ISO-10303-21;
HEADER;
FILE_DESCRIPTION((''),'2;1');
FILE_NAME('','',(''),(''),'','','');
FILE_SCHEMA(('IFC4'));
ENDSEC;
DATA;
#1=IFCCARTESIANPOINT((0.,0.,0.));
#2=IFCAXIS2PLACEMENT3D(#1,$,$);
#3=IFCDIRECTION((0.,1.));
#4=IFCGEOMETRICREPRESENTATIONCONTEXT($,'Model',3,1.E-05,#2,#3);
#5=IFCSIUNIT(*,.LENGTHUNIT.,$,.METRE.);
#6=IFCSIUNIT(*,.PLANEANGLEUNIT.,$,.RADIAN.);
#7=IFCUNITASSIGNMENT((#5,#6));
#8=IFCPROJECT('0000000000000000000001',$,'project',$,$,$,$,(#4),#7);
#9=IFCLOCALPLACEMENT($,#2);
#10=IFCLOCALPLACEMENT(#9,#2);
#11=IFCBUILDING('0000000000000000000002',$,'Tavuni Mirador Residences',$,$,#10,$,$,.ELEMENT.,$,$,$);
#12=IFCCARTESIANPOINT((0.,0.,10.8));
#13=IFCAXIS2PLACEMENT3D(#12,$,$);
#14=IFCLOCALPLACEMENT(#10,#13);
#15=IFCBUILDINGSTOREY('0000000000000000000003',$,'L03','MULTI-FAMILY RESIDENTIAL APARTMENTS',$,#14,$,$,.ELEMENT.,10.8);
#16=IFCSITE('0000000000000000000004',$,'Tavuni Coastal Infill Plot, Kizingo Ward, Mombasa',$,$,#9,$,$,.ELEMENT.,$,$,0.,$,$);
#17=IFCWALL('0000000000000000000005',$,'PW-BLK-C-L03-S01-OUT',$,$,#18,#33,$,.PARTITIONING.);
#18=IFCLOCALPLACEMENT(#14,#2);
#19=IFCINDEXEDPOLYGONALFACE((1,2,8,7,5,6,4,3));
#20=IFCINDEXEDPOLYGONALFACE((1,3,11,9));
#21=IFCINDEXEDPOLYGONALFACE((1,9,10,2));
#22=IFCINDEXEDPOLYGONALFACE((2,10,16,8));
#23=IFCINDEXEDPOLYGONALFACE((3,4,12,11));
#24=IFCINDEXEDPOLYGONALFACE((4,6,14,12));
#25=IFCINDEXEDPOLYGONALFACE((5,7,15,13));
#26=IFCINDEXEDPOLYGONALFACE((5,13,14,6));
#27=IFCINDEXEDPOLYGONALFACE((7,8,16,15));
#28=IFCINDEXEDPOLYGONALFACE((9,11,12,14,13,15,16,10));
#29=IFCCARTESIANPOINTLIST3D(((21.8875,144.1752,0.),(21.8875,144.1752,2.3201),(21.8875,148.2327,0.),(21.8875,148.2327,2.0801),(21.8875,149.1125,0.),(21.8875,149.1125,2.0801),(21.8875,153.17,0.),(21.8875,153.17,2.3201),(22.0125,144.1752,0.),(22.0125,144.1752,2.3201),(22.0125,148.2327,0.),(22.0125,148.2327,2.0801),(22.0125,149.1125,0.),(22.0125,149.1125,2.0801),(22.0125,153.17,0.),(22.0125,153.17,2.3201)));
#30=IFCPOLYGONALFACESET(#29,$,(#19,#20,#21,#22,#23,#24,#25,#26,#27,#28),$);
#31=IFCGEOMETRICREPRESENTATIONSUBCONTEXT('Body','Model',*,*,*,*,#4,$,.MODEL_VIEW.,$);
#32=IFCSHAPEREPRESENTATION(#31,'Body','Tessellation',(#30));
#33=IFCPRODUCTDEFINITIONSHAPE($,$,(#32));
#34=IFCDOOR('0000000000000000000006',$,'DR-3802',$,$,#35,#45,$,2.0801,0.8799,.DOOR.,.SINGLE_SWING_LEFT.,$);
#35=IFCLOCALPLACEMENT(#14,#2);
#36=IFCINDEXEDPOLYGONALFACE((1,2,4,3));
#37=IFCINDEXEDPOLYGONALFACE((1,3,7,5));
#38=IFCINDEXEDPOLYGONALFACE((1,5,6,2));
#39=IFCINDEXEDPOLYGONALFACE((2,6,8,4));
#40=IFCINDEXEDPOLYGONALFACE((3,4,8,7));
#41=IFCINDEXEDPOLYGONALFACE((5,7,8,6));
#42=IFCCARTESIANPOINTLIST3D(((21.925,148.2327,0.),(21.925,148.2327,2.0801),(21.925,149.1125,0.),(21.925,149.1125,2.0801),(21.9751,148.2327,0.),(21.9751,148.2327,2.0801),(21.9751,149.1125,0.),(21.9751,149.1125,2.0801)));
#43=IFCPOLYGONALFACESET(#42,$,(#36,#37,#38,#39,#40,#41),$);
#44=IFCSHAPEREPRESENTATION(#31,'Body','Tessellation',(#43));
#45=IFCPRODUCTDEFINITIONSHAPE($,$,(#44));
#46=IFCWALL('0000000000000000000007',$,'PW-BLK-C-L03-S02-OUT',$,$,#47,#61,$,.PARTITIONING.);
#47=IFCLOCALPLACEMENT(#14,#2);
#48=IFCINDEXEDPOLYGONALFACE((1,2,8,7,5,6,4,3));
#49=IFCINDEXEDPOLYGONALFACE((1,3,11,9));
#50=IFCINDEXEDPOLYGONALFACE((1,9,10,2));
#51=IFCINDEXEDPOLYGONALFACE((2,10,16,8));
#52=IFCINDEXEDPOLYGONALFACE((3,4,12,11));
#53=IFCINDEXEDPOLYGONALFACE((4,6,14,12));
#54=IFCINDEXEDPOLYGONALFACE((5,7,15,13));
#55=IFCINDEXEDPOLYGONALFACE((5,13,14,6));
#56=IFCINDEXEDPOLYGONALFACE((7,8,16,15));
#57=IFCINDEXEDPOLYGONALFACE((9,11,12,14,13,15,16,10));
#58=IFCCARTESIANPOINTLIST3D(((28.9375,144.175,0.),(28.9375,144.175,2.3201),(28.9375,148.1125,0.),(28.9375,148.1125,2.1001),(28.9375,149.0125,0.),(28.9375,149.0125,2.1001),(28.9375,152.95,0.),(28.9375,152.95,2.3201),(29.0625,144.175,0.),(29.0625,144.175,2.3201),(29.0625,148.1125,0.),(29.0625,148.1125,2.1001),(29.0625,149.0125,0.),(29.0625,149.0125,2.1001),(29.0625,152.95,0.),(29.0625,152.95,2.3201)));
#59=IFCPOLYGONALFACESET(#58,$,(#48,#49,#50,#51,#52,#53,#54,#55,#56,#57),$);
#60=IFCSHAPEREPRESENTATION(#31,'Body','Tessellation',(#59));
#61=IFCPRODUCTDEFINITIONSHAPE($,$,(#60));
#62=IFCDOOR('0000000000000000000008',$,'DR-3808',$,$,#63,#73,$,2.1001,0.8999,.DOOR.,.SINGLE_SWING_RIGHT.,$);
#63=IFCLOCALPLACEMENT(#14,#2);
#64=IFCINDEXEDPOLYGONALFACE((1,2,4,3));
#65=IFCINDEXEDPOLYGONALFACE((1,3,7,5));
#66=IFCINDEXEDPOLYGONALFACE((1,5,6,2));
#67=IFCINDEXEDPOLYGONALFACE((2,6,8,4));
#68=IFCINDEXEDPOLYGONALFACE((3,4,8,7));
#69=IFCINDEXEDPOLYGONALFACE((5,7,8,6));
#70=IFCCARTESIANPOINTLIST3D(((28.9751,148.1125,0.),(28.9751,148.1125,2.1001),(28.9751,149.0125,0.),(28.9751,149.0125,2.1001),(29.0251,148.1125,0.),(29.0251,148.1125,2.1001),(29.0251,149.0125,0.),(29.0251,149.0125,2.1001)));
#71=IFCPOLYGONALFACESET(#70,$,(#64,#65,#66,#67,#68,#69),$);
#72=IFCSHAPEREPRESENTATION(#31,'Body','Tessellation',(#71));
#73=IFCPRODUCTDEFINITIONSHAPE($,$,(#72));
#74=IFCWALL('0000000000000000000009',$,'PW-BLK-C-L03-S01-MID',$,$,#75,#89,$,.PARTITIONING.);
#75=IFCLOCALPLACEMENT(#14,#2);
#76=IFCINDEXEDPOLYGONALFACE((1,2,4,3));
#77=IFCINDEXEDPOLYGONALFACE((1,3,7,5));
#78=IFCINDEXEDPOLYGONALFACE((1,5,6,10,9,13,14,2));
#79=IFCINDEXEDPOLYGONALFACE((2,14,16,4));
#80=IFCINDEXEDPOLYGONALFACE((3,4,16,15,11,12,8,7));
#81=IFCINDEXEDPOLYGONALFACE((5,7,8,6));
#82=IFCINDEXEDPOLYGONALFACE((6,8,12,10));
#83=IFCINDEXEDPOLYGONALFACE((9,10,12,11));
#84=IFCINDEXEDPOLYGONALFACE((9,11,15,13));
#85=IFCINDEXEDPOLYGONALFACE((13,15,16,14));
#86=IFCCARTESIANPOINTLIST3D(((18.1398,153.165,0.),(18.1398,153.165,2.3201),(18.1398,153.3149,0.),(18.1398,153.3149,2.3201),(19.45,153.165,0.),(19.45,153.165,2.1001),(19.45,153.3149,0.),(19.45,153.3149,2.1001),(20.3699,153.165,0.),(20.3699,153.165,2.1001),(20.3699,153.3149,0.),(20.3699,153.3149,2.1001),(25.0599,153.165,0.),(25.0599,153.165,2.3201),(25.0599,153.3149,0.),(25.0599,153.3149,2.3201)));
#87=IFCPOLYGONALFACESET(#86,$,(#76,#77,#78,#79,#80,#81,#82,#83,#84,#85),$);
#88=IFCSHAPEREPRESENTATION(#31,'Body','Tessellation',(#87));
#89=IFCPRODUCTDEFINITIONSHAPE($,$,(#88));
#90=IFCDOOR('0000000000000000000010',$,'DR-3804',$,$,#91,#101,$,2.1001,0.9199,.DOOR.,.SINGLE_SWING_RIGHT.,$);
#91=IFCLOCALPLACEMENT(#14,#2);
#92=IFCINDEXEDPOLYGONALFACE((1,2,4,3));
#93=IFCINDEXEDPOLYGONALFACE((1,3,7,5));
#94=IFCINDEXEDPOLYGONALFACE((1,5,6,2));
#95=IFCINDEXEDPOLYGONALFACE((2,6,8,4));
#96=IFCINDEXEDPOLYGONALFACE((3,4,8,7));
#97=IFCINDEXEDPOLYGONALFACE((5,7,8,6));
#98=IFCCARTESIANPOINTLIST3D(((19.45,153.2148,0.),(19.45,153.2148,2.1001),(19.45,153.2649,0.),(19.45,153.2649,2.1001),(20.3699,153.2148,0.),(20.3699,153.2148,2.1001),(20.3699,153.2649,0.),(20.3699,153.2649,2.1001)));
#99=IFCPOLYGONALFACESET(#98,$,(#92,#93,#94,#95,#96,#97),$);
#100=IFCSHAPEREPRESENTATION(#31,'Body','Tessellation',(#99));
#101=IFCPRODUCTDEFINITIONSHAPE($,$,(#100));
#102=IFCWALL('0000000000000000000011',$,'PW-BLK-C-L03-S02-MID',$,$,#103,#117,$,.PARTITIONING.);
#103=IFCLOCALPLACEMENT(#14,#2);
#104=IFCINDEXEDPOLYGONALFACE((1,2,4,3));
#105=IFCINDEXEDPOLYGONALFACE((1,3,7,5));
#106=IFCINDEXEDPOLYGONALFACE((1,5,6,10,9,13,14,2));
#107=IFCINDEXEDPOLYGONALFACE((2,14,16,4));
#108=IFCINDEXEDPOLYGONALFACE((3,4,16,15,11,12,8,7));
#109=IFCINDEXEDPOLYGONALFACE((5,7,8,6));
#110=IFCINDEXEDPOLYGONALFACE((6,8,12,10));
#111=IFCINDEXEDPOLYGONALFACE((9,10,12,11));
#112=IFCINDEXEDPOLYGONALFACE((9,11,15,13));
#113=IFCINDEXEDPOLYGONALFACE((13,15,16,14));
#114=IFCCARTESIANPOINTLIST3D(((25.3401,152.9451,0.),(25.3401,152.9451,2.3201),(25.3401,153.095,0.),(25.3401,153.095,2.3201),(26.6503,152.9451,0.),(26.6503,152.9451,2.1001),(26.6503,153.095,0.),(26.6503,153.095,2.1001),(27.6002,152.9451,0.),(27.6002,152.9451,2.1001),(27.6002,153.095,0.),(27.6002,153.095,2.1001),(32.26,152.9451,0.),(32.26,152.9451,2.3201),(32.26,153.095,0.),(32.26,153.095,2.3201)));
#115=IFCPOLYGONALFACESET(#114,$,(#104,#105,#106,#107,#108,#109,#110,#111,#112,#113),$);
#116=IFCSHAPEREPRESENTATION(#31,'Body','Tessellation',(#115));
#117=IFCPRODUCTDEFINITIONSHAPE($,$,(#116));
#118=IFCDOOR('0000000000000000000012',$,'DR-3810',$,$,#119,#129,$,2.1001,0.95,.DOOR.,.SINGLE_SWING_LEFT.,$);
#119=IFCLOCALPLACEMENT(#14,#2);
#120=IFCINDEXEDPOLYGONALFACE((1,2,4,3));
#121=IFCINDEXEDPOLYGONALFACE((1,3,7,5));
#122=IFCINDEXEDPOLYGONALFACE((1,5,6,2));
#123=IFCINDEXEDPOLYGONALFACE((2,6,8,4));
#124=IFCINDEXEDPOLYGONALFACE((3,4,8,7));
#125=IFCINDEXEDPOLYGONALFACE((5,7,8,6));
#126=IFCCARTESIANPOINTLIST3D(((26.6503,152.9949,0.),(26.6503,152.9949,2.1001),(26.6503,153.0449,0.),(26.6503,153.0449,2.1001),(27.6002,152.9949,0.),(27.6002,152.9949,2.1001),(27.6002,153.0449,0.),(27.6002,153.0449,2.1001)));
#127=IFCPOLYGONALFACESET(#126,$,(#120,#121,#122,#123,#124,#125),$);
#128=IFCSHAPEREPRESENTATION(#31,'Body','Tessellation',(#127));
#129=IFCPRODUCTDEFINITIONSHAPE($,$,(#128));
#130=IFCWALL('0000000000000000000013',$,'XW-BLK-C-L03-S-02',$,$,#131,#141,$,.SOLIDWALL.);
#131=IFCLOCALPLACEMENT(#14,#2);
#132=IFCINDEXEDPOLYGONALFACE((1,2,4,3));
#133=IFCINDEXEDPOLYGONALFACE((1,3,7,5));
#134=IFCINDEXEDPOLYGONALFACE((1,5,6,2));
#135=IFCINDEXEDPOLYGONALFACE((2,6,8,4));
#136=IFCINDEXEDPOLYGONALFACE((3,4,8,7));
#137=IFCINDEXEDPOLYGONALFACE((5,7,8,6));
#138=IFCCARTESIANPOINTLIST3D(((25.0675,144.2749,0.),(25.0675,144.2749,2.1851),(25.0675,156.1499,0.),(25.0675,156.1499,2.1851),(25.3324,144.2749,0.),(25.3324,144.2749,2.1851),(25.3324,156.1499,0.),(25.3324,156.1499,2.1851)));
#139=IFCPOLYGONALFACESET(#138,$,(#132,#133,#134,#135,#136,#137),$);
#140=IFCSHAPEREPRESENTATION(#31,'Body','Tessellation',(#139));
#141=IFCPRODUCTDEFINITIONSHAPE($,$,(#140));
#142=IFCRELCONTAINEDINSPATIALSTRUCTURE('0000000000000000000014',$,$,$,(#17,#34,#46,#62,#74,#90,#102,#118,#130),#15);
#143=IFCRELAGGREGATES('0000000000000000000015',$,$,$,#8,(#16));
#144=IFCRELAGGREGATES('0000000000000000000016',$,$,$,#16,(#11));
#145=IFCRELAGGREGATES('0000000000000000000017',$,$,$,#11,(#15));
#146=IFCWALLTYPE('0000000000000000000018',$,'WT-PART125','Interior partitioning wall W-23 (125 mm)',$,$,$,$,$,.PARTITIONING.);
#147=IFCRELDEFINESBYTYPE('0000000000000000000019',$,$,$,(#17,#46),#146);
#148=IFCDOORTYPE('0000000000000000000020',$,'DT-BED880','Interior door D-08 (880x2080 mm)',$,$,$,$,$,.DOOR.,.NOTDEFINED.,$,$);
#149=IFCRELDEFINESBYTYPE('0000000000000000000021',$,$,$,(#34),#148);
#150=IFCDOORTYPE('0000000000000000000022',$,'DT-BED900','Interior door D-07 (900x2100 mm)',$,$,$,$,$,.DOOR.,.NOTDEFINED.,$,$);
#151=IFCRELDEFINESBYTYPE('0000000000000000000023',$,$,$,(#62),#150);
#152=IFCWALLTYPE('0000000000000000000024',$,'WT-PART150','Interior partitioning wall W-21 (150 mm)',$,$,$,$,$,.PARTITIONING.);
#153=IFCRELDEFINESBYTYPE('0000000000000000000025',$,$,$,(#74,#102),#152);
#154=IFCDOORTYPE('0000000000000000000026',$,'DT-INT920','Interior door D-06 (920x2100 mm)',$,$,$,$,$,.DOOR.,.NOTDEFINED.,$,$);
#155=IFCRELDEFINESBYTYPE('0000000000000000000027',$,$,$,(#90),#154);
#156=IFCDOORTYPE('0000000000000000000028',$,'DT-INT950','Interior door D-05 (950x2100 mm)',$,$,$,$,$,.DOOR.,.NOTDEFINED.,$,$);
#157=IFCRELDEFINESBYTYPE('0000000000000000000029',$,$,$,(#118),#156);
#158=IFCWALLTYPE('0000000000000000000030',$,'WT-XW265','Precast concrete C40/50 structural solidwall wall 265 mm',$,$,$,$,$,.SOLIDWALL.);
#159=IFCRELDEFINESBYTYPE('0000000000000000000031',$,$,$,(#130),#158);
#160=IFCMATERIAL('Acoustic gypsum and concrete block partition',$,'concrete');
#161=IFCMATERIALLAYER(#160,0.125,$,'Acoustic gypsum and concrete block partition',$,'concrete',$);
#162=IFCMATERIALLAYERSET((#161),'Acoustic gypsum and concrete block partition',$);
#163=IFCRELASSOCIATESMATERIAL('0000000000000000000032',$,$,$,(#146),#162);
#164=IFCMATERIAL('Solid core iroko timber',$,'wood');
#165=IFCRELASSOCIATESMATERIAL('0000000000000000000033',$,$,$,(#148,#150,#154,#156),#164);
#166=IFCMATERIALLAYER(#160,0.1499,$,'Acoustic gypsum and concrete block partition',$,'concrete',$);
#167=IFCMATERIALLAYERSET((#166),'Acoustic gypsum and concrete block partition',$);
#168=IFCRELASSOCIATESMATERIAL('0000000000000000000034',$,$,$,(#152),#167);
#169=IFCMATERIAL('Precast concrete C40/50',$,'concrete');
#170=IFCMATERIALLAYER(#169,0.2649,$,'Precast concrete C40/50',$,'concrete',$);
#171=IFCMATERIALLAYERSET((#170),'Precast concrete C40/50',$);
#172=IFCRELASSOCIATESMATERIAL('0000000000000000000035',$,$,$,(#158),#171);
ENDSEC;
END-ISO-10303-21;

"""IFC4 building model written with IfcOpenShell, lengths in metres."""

from ifc_helpers import new_model, si_unit, direction, frame, frame_2d, origin, place, context, subcontext, project, spatial, rectangle, extrude, material, layer, layer_set, type_object, element, fill, save


model = new_model("IFC4")

# Units and contexts
model_context = context("Model", 3, precision=1e-05, world=origin(), true_north=direction((0.0, 1.0)))
body_context = subcontext(model_context, "Body", "Model", "MODEL_VIEW")
ifc_project = project(units=[si_unit("LENGTHUNIT", "METRE"), si_unit("PLANEANGLEUNIT", "RADIAN")], contexts=[model_context])

# Site, building, storey
site_placement = place(None, origin())
site = spatial("IfcSite", under=ifc_project, at=site_placement, Name="Tavuni Coastal Infill Plot, Kizingo Ward, Mombasa", CompositionType="ELEMENT", RefElevation=0.0)
building_placement = place(site_placement, origin())
building = spatial("IfcBuilding", under=site, at=building_placement, Name="Tavuni Mirador Residences", CompositionType="ELEMENT")
storey_placement = place(building_placement, frame((0.0, 0.0, 10.8)))
storey = spatial("IfcBuildingStorey", under=building, at=storey_placement, Name="L03", Description="MULTI-FAMILY RESIDENTIAL APARTMENTS", CompositionType="ELEMENT", Elevation=10.8)

# Shared definitions
ifc_material_1 = material(Name="Precast concrete C40/50", Category="concrete")

# Shared definitions
ifc_material_2 = material(Name="Solid core iroko timber", Category="wood")

# Walls, openings, doors
ifc_material_3 = material(Name="Acoustic gypsum and concrete block partition", Category="concrete")
ifc_layer_1 = layer(ifc_material_3, 0.125, Name="Acoustic gypsum and concrete block partition", Category="concrete")
ifc_layer_set_1 = layer_set([ifc_layer_1], Name="Acoustic gypsum and concrete block partition")
wall_type_1 = type_object("IfcWallType", Name="WT-PART125", Description="Interior partitioning wall W-23 (125 mm)", PredefinedType="PARTITIONING", material=ifc_layer_set_1)
wall_1_placement = place(storey_placement, frame((21.95, 144.175, 0.0), z_axis=(0.0, 0.0, 1.0), x_axis=(0.0, 1.0, 0.0)))
wall_1 = element("IfcWall", 1, at=wall_1_placement, inside=storey, type_object=wall_type_1, Name="PW-BLK-C-L03-S01-OUT", PredefinedType="PARTITIONING", context=body_context, shape_type="SweptSolid", body=[
    extrude(rectangle(XDim=8.9949, YDim=0.125, at=frame_2d((4.4976, 0.0))), origin(), (0.0, 0.0, 1.0), 2.3201),
])
opening_1_placement = place(wall_1_placement, frame((4.0576, 0.0, 0.0)))
opening_1 = element("IfcOpeningElement", 2, at=opening_1_placement, cuts=wall_1, PredefinedType="OPENING", context=body_context, shape_type="SweptSolid", body=[
    extrude(rectangle(XDim=0.8799, YDim=2.0801, at=frame_2d((0.4399, 1.04))), frame((0.0, 0.0725, 0.0), z_axis=(0.0, -1.0, 0.0), x_axis=(1.0, 0.0, 0.0)), (0.0, 0.0, 1.0), 0.145),
])
door_type_1 = type_object("IfcDoorType", Name="DT-BED880", Description="Interior door D-08 (880x2080 mm)", OperationType="NOTDEFINED", PredefinedType="DOOR", material=ifc_material_2)
door_1_placement = place(opening_1_placement, origin())
door_1 = element("IfcDoor", 3, at=door_1_placement, inside=storey, type_object=door_type_1, Name="DR-3802", OperationType="SINGLE_SWING_LEFT", OverallHeight=2.0801, OverallWidth=0.8799, PredefinedType="DOOR", context=body_context, shape_type="SweptSolid", body=[
    extrude(rectangle(XDim=0.8799, YDim=2.0801, at=frame_2d((0.4399, 1.04))), frame((0.0, 0.0249, 0.0), z_axis=(0.0, -1.0, 0.0), x_axis=(1.0, 0.0, 0.0)), (0.0, 0.0, 1.0), 0.05),
])
fill(opening_1, door_1)
wall_2_placement = place(storey_placement, frame((29.0, 144.175, 0.0), z_axis=(0.0, 0.0, 1.0), x_axis=(0.0, 1.0, 0.0)))
wall_2 = element("IfcWall", 4, at=wall_2_placement, inside=storey, type_object=wall_type_1, Name="PW-BLK-C-L03-S02-OUT", PredefinedType="PARTITIONING", context=body_context, shape_type="SweptSolid", body=[
    extrude(rectangle(XDim=8.7749, YDim=0.125, at=frame_2d((4.3875, 0.0))), origin(), (0.0, 0.0, 1.0), 2.3201),
])
opening_2_placement = place(wall_2_placement, frame((3.9375, 0.0, 0.0)))
opening_2 = element("IfcOpeningElement", 5, at=opening_2_placement, cuts=wall_2, PredefinedType="OPENING", context=body_context, shape_type="SweptSolid", body=[
    extrude(rectangle(XDim=0.8999, YDim=2.1001, at=frame_2d((0.45, 1.05))), frame((0.0, 0.0725, 0.0), z_axis=(0.0, -1.0, 0.0), x_axis=(1.0, 0.0, 0.0)), (0.0, 0.0, 1.0), 0.145),
])
door_type_2 = type_object("IfcDoorType", Name="DT-BED900", Description="Interior door D-07 (900x2100 mm)", OperationType="NOTDEFINED", PredefinedType="DOOR", material=ifc_material_2)
door_2_placement = place(opening_2_placement, origin())
door_2 = element("IfcDoor", 6, at=door_2_placement, inside=storey, type_object=door_type_2, Name="DR-3808", OperationType="SINGLE_SWING_RIGHT", OverallHeight=2.1001, OverallWidth=0.8999, PredefinedType="DOOR", context=body_context, shape_type="SweptSolid", body=[
    extrude(rectangle(XDim=0.8999, YDim=2.1001, at=frame_2d((0.45, 1.05))), frame((0.0, 0.0249, 0.0), z_axis=(0.0, -1.0, 0.0), x_axis=(1.0, 0.0, 0.0)), (0.0, 0.0, 1.0), 0.05),
])
fill(opening_2, door_2)
ifc_layer_2 = layer(ifc_material_3, 0.1499, Name="Acoustic gypsum and concrete block partition", Category="concrete")
ifc_layer_set_2 = layer_set([ifc_layer_2], Name="Acoustic gypsum and concrete block partition")
wall_type_2 = type_object("IfcWallType", Name="WT-PART150", Description="Interior partitioning wall W-21 (150 mm)", PredefinedType="PARTITIONING", material=ifc_layer_set_2)
wall_3_placement = place(storey_placement, frame((18.1399, 153.24, 0.0), z_axis=(0.0, 0.0, 1.0), x_axis=(1.0, 0.0, 0.0)))
wall_3 = element("IfcWall", 7, at=wall_3_placement, inside=storey, type_object=wall_type_2, Name="PW-BLK-C-L03-S01-MID", PredefinedType="PARTITIONING", context=body_context, shape_type="SweptSolid", body=[
    extrude(rectangle(XDim=6.9202, YDim=0.1499, at=frame_2d((3.46, 0.0))), origin(), (0.0, 0.0, 1.0), 2.3201),
])
opening_3_placement = place(wall_3_placement, frame((1.3101, 0.0, 0.0)))
opening_3 = element("IfcOpeningElement", 8, at=opening_3_placement, cuts=wall_3, PredefinedType="OPENING", context=body_context, shape_type="SweptSolid", body=[
    extrude(rectangle(XDim=0.9199, YDim=2.1001, at=frame_2d((0.46, 1.05))), frame((0.0, 0.085, 0.0), z_axis=(0.0, -1.0, 0.0), x_axis=(1.0, 0.0, 0.0)), (0.0, 0.0, 1.0), 0.1699),
])
door_type_3 = type_object("IfcDoorType", Name="DT-INT920", Description="Interior door D-06 (920x2100 mm)", OperationType="NOTDEFINED", PredefinedType="DOOR", material=ifc_material_2)
door_3_placement = place(opening_3_placement, origin())
door_3 = element("IfcDoor", 9, at=door_3_placement, inside=storey, type_object=door_type_3, Name="DR-3804", OperationType="SINGLE_SWING_RIGHT", OverallHeight=2.1001, OverallWidth=0.9199, PredefinedType="DOOR", context=body_context, shape_type="SweptSolid", body=[
    extrude(rectangle(XDim=0.9199, YDim=2.1001, at=frame_2d((0.46, 1.05))), frame((0.0, 0.0249, 0.0), z_axis=(0.0, -1.0, 0.0), x_axis=(1.0, 0.0, 0.0)), (0.0, 0.0, 1.0), 0.05),
])
fill(opening_3, door_3)
wall_4_placement = place(storey_placement, frame((25.3401, 153.02, 0.0), z_axis=(0.0, 0.0, 1.0), x_axis=(1.0, 0.0, 0.0)))
wall_4 = element("IfcWall", 10, at=wall_4_placement, inside=storey, type_object=wall_type_2, Name="PW-BLK-C-L03-S02-MID", PredefinedType="PARTITIONING", context=body_context, shape_type="SweptSolid", body=[
    extrude(rectangle(XDim=6.9199, YDim=0.1499, at=frame_2d((3.46, 0.0))), origin(), (0.0, 0.0, 1.0), 2.3201),
])
opening_4_placement = place(wall_4_placement, frame((1.3101, 0.0, 0.0)))
opening_4 = element("IfcOpeningElement", 11, at=opening_4_placement, cuts=wall_4, PredefinedType="OPENING", context=body_context, shape_type="SweptSolid", body=[
    extrude(rectangle(XDim=0.95, YDim=2.1001, at=frame_2d((0.4751, 1.05))), frame((0.0, 0.085, 0.0), z_axis=(0.0, -1.0, 0.0), x_axis=(1.0, 0.0, 0.0)), (0.0, 0.0, 1.0), 0.1699),
])
door_type_4 = type_object("IfcDoorType", Name="DT-INT950", Description="Interior door D-05 (950x2100 mm)", OperationType="NOTDEFINED", PredefinedType="DOOR", material=ifc_material_2)
door_4_placement = place(opening_4_placement, origin())
door_4 = element("IfcDoor", 12, at=door_4_placement, inside=storey, type_object=door_type_4, Name="DR-3810", OperationType="SINGLE_SWING_LEFT", OverallHeight=2.1001, OverallWidth=0.95, PredefinedType="DOOR", context=body_context, shape_type="SweptSolid", body=[
    extrude(rectangle(XDim=0.95, YDim=2.1001, at=frame_2d((0.4751, 1.05))), frame((0.0, 0.0249, 0.0), z_axis=(0.0, -1.0, 0.0), x_axis=(1.0, 0.0, 0.0)), (0.0, 0.0, 1.0), 0.05),
])
fill(opening_4, door_4)

# Wall
ifc_layer_3 = layer(ifc_material_1, 0.2649, Name="Precast concrete C40/50", Category="concrete")
ifc_layer_set_3 = layer_set([ifc_layer_3], Name="Precast concrete C40/50")
wall_type_3 = type_object("IfcWallType", Name="WT-XW265", Description="Precast concrete C40/50 structural solidwall wall 265 mm", PredefinedType="SOLIDWALL", material=ifc_layer_set_3)
wall_5_placement = place(storey_placement, frame((25.2, 144.2749, 0.0), z_axis=(0.0, 0.0, 1.0), x_axis=(0.0, 1.0, 0.0)))
element("IfcWall", 13, at=wall_5_placement, inside=storey, type_object=wall_type_3, Name="XW-BLK-C-L03-S-02", PredefinedType="SOLIDWALL", context=body_context, shape_type="SweptSolid", body=[
    extrude(rectangle(XDim=11.875, YDim=0.2649, at=frame_2d((5.9375, 0.0))), origin(), (0.0, 0.0, 1.0), 2.1851),
])

save(model, "model.ifc")
